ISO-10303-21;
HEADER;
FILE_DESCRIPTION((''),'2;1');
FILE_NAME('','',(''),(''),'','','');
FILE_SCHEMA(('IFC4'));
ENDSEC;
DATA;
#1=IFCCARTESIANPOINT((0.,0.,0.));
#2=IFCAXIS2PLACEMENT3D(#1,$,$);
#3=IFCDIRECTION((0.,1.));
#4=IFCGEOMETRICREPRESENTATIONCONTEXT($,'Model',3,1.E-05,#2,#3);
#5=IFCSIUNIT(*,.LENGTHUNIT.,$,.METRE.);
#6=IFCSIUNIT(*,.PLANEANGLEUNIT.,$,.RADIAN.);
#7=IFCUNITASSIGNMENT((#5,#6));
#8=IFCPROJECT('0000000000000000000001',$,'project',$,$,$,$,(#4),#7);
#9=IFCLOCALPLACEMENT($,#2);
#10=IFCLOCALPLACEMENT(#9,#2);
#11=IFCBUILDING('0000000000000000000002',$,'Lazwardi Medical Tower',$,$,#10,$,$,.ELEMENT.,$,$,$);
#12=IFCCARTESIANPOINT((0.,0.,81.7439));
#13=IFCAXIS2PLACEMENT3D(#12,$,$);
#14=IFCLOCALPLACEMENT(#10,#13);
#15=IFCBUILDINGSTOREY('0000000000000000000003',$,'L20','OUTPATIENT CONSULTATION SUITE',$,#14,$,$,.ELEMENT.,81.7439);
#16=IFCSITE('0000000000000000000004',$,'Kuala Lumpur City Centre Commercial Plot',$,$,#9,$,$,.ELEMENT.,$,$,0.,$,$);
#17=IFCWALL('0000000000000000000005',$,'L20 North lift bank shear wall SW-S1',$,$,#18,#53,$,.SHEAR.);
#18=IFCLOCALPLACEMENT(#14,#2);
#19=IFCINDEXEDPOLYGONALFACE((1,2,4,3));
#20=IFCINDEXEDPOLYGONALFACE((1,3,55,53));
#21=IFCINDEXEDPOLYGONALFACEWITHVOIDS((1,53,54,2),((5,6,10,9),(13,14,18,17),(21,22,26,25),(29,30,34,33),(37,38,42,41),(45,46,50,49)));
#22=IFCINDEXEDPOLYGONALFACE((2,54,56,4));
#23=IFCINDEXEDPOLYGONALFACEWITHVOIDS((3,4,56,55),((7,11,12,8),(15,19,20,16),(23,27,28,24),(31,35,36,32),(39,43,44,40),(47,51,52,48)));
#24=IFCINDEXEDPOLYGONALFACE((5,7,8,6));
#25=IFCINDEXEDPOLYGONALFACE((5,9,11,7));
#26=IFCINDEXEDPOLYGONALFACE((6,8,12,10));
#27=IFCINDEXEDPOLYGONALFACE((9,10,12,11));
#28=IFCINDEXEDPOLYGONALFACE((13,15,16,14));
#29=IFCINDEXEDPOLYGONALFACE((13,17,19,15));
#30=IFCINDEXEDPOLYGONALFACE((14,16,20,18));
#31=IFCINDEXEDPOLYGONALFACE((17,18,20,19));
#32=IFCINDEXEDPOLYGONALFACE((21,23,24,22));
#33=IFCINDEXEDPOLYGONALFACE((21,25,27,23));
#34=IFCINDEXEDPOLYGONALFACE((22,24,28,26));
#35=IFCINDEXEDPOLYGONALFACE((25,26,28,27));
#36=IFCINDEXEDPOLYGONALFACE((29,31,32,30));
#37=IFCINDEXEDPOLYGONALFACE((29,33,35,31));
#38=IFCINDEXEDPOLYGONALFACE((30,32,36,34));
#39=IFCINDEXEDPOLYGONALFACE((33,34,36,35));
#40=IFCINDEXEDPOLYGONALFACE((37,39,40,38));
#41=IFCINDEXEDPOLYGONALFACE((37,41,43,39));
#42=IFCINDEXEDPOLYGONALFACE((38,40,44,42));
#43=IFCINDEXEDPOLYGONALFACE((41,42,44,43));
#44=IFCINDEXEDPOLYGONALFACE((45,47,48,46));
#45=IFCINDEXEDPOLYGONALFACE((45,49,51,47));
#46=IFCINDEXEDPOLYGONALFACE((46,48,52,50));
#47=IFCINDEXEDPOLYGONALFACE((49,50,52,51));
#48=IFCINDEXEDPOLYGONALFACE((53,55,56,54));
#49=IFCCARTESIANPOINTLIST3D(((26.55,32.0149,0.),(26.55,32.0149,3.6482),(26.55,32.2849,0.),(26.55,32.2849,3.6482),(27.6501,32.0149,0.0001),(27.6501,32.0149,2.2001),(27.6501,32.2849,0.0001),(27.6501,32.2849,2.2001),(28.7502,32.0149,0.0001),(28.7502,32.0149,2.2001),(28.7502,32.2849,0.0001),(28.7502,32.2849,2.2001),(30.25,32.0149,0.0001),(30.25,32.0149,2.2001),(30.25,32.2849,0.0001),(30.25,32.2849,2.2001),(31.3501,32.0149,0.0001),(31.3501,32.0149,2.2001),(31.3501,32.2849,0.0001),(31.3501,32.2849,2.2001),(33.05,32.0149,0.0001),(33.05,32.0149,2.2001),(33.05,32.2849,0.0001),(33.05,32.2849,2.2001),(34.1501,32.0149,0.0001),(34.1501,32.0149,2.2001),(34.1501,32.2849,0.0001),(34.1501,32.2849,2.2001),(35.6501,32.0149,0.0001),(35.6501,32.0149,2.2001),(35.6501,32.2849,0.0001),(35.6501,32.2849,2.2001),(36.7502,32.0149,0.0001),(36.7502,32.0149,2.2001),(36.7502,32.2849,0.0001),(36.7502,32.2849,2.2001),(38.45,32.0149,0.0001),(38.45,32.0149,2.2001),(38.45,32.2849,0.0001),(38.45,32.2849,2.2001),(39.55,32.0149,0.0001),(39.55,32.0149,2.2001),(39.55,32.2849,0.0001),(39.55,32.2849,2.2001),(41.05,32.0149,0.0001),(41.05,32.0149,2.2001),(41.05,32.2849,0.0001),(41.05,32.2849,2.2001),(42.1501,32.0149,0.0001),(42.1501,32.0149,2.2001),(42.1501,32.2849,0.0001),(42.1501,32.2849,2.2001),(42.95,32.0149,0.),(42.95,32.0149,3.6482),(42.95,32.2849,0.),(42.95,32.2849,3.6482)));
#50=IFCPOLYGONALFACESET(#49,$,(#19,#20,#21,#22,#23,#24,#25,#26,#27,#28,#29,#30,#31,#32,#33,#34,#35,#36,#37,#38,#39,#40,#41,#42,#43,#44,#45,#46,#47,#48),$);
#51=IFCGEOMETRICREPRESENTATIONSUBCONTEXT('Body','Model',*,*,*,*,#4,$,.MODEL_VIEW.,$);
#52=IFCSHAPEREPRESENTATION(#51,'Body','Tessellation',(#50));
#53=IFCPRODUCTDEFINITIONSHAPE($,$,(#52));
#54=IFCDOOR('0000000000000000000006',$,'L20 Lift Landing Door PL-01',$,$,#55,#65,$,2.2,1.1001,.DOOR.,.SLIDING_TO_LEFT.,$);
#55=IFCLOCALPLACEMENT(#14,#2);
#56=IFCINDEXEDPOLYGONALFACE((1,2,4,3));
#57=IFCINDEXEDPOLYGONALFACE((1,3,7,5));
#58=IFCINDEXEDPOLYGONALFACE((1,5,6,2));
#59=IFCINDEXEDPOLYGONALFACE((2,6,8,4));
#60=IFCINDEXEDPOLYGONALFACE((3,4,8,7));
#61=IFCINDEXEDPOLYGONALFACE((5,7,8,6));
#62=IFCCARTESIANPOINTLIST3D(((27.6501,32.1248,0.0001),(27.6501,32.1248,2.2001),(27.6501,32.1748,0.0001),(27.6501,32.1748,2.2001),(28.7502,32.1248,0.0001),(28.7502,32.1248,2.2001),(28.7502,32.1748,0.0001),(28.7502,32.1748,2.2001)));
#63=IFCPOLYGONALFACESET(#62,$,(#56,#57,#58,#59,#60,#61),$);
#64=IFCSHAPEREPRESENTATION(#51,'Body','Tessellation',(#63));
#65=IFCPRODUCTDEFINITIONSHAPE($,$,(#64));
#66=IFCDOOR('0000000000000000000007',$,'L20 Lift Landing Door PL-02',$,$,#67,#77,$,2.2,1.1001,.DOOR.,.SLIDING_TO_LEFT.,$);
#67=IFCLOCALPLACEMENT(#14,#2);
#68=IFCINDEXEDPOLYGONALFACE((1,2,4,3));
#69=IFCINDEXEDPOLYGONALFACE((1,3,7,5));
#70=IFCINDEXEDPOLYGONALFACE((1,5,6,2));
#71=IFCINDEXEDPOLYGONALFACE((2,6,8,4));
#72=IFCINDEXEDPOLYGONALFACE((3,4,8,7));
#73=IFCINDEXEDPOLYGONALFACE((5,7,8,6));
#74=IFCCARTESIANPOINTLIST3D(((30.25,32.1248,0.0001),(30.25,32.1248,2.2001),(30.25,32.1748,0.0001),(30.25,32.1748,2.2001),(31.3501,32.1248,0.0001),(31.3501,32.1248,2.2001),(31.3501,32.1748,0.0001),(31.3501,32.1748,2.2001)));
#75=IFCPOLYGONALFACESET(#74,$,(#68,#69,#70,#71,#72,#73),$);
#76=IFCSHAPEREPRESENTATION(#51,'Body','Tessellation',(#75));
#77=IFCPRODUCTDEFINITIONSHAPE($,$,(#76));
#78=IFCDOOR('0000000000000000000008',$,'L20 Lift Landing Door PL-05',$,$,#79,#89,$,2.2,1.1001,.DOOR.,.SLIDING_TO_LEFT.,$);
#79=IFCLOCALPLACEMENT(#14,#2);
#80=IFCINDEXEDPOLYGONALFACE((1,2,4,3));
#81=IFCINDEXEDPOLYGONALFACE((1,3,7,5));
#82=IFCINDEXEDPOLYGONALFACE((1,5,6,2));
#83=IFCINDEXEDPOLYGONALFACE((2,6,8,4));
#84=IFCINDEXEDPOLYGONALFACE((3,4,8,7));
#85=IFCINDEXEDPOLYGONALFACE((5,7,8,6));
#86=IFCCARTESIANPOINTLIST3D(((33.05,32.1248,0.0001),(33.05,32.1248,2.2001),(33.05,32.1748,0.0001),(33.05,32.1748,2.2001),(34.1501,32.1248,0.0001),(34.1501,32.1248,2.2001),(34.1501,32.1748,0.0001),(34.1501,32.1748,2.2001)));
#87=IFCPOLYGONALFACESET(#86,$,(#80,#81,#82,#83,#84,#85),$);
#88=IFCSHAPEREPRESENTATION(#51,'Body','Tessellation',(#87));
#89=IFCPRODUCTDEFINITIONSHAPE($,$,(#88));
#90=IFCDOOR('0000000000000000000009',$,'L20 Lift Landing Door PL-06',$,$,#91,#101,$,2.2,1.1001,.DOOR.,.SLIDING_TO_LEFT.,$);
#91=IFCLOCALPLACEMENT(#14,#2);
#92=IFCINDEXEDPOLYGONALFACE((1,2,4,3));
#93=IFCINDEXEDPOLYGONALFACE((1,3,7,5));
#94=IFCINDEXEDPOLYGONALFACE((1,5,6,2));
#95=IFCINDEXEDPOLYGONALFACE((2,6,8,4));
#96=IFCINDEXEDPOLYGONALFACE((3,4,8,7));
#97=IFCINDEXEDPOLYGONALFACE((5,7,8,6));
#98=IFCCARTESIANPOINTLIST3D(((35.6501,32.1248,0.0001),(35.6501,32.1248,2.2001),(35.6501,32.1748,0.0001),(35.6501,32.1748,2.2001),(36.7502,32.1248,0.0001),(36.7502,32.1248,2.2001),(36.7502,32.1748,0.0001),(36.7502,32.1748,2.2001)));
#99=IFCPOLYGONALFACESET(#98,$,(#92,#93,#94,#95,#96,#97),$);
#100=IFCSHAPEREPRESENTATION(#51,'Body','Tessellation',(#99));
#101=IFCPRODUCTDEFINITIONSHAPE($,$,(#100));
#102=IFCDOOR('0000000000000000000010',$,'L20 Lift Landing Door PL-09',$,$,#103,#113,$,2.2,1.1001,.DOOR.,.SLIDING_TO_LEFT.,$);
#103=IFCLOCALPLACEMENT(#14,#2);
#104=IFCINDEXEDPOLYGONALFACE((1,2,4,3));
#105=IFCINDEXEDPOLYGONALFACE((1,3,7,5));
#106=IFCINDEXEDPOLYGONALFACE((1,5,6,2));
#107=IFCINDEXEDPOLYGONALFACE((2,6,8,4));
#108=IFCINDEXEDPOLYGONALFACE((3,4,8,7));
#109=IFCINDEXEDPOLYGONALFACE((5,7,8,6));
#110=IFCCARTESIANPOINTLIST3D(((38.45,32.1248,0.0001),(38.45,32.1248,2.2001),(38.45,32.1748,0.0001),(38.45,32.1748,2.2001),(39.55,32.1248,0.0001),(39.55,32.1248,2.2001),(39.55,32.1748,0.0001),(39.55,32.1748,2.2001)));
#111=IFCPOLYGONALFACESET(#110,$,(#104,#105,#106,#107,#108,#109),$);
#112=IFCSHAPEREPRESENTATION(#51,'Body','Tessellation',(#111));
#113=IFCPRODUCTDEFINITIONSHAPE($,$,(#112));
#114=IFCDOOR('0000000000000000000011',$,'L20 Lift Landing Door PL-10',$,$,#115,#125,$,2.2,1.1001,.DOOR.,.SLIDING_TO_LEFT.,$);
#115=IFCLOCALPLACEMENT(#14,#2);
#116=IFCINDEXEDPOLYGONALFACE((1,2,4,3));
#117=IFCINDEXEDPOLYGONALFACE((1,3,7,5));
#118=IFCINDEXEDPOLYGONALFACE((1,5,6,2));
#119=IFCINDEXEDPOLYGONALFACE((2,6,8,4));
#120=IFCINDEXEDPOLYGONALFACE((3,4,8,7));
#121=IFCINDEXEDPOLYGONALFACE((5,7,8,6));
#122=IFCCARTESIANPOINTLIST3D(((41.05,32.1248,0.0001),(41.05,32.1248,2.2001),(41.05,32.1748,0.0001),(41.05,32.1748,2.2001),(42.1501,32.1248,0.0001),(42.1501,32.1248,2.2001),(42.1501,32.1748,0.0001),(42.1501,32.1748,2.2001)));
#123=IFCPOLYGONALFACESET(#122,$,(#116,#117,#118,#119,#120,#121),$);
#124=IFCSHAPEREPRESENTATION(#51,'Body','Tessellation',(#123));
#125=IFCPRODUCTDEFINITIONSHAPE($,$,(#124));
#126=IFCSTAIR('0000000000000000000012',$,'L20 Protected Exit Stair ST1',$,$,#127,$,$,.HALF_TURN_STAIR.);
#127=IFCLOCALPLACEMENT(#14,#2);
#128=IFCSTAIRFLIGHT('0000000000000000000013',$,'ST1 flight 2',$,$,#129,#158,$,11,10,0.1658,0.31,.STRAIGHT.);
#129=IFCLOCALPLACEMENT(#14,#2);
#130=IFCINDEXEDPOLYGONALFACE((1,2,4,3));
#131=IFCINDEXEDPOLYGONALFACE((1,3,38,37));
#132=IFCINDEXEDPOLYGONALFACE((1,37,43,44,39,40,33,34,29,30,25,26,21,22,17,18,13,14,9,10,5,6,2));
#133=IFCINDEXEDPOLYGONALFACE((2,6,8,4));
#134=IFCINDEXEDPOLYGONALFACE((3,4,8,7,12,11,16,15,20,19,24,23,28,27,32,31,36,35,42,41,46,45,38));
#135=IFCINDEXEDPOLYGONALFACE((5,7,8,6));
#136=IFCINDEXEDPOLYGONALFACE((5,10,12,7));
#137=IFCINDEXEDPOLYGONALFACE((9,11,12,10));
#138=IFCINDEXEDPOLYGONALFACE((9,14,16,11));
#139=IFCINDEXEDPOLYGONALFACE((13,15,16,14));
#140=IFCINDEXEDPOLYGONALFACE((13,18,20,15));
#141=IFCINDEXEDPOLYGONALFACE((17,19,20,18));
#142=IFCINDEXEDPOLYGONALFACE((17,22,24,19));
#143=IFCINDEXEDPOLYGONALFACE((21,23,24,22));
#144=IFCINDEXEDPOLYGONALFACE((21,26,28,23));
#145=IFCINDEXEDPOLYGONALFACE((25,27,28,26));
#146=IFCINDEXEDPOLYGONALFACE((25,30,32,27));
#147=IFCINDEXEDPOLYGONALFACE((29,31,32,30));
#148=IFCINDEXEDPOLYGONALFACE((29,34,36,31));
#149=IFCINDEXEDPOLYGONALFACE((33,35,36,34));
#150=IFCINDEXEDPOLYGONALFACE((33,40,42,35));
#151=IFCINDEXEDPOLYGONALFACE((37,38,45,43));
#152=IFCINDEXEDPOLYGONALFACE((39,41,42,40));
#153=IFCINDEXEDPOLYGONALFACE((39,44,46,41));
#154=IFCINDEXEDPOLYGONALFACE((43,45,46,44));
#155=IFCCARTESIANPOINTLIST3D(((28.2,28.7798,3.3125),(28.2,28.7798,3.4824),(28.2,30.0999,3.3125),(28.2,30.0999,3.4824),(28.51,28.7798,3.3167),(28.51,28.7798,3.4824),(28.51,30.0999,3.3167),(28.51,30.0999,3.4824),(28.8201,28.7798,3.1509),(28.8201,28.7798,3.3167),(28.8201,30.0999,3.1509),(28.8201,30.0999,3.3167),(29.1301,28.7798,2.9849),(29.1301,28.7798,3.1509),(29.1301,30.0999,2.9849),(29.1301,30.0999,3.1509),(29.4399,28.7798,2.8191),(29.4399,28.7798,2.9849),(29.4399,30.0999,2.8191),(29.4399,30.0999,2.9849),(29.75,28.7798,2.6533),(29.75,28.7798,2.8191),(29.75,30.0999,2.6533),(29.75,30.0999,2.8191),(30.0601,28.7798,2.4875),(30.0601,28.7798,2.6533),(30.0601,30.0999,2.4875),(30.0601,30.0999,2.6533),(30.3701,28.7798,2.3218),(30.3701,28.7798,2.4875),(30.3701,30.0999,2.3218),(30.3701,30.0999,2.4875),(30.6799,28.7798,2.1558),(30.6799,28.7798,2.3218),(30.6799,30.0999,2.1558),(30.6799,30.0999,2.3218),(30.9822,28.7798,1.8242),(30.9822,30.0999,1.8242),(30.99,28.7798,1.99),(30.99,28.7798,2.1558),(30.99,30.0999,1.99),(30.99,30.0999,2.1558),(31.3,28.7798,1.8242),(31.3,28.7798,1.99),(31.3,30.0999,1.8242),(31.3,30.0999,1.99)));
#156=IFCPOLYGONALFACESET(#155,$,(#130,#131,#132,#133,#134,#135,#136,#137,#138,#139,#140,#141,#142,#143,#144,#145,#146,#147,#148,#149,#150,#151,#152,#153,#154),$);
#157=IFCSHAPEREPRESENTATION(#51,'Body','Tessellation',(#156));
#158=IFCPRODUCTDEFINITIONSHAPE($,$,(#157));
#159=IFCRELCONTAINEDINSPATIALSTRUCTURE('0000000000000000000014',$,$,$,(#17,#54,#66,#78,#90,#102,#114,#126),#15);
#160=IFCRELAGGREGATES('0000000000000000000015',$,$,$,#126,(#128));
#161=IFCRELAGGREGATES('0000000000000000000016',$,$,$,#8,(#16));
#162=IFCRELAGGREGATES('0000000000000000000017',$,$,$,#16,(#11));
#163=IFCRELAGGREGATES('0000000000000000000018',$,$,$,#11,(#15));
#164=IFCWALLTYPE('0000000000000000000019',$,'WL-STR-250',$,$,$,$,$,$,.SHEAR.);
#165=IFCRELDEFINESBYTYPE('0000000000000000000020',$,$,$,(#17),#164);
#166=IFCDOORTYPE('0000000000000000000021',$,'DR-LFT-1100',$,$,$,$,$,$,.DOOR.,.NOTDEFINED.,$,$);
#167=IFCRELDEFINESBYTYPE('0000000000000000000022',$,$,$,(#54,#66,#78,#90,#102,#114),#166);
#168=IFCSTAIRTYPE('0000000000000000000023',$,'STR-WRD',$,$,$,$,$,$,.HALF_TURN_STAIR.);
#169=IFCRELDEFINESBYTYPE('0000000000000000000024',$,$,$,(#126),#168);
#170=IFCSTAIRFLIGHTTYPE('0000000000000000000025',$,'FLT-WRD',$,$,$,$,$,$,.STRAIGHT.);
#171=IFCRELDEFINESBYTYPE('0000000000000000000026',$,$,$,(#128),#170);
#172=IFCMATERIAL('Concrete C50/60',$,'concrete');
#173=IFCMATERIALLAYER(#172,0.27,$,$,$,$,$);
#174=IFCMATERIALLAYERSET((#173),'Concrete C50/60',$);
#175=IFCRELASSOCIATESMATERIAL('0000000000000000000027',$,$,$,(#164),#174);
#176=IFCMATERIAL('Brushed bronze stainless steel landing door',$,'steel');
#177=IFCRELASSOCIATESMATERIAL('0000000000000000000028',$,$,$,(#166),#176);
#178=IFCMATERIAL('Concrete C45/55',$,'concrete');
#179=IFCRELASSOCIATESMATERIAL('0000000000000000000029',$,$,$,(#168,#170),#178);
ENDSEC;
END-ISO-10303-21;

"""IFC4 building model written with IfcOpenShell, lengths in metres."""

from ifc_helpers import new_model, si_unit, direction, frame, frame_2d, origin, place, context, subcontext, project, spatial, polyline, rectangle, outline, extrude, material, layer, layer_set, type_object, element, fill, aggregate, save


model = new_model("IFC4")

# Units and contexts
model_context = context("Model", 3, precision=1e-05, world=origin(), true_north=direction((0.0, 1.0)))
body_context = subcontext(model_context, "Body", "Model", "MODEL_VIEW")
ifc_project = project(units=[si_unit("LENGTHUNIT", "METRE"), si_unit("PLANEANGLEUNIT", "RADIAN")], contexts=[model_context])

# Site, building, storey
site_placement = place(None, origin())
site = spatial("IfcSite", under=ifc_project, at=site_placement, Name="Kuala Lumpur City Centre Commercial Plot", CompositionType="ELEMENT", RefElevation=0.0)
building_placement = place(site_placement, origin())
building = spatial("IfcBuilding", under=site, at=building_placement, Name="Lazwardi Medical Tower", CompositionType="ELEMENT")
storey_placement = place(building_placement, frame((0.0, 0.0, 81.7439)))
storey = spatial("IfcBuildingStorey", under=building, at=storey_placement, Name="L20", Description="OUTPATIENT CONSULTATION SUITE", CompositionType="ELEMENT", Elevation=81.7439)

# Shared definitions
ifc_material_1 = material(Name="Concrete C50/60", Category="concrete")
ifc_layer_1 = layer(ifc_material_1, 0.27)
ifc_layer_set_1 = layer_set([ifc_layer_1], Name="Concrete C50/60")
wall_type_1 = type_object("IfcWallType", Name="WL-STR-250", PredefinedType="SHEAR", material=ifc_layer_set_1)

# Wall, openings, doors
wall_1_placement = place(storey_placement, frame((26.55, 32.1499, 0.0), z_axis=(0.0, 0.0, 1.0), x_axis=(1.0, 0.0, 0.0)))
wall_1 = element("IfcWall", 1, at=wall_1_placement, inside=storey, type_object=wall_type_1, Name="L20 North lift bank shear wall SW-S1", PredefinedType="SHEAR", context=body_context, shape_type="SweptSolid", body=[
    extrude(rectangle(XDim=16.3999, YDim=0.27, at=frame_2d((8.2, 0.0))), origin(), (0.0, 0.0, 1.0), 3.6482),
])
opening_1_placement = place(wall_1_placement, frame((1.1001, 0.0, 0.0)))
opening_1 = element("IfcOpeningElement", 2, at=opening_1_placement, cuts=wall_1, PredefinedType="OPENING", context=body_context, shape_type="SweptSolid", body=[
    extrude(rectangle(XDim=1.1001, YDim=2.2, at=frame_2d((0.55, 1.1001))), frame((0.0, 0.145, 0.0), z_axis=(0.0, -1.0, 0.0), x_axis=(1.0, 0.0, 0.0)), (0.0, 0.0, 1.0), 0.29),
])
opening_2_placement = place(wall_1_placement, frame((3.7, 0.0, 0.0)))
opening_2 = element("IfcOpeningElement", 3, at=opening_2_placement, cuts=wall_1, PredefinedType="OPENING", context=body_context, shape_type="SweptSolid", body=[
    extrude(rectangle(XDim=1.1001, YDim=2.2, at=frame_2d((0.55, 1.1001))), frame((0.0, 0.145, 0.0), z_axis=(0.0, -1.0, 0.0), x_axis=(1.0, 0.0, 0.0)), (0.0, 0.0, 1.0), 0.29),
])
opening_3_placement = place(wall_1_placement, frame((6.5, 0.0, 0.0)))
opening_3 = element("IfcOpeningElement", 4, at=opening_3_placement, cuts=wall_1, PredefinedType="OPENING", context=body_context, shape_type="SweptSolid", body=[
    extrude(rectangle(XDim=1.1001, YDim=2.2, at=frame_2d((0.55, 1.1001))), frame((0.0, 0.145, 0.0), z_axis=(0.0, -1.0, 0.0), x_axis=(1.0, 0.0, 0.0)), (0.0, 0.0, 1.0), 0.29),
])
opening_4_placement = place(wall_1_placement, frame((9.1001, 0.0, 0.0)))
opening_4 = element("IfcOpeningElement", 5, at=opening_4_placement, cuts=wall_1, PredefinedType="OPENING", context=body_context, shape_type="SweptSolid", body=[
    extrude(rectangle(XDim=1.1001, YDim=2.2, at=frame_2d((0.55, 1.1001))), frame((0.0, 0.145, 0.0), z_axis=(0.0, -1.0, 0.0), x_axis=(1.0, 0.0, 0.0)), (0.0, 0.0, 1.0), 0.29),
])
opening_5_placement = place(wall_1_placement, frame((11.8999, 0.0, 0.0)))
opening_5 = element("IfcOpeningElement", 6, at=opening_5_placement, cuts=wall_1, PredefinedType="OPENING", context=body_context, shape_type="SweptSolid", body=[
    extrude(rectangle(XDim=1.1001, YDim=2.2, at=frame_2d((0.55, 1.1001))), frame((0.0, 0.145, 0.0), z_axis=(0.0, -1.0, 0.0), x_axis=(1.0, 0.0, 0.0)), (0.0, 0.0, 1.0), 0.29),
])
opening_6_placement = place(wall_1_placement, frame((14.5, 0.0, 0.0)))
opening_6 = element("IfcOpeningElement", 7, at=opening_6_placement, cuts=wall_1, PredefinedType="OPENING", context=body_context, shape_type="SweptSolid", body=[
    extrude(rectangle(XDim=1.1001, YDim=2.2, at=frame_2d((0.55, 1.1001))), frame((0.0, 0.145, 0.0), z_axis=(0.0, -1.0, 0.0), x_axis=(1.0, 0.0, 0.0)), (0.0, 0.0, 1.0), 0.29),
])
ifc_material_2 = material(Name="Brushed bronze stainless steel landing door", Category="steel")
door_type_1 = type_object("IfcDoorType", Name="DR-LFT-1100", OperationType="NOTDEFINED", PredefinedType="DOOR", material=ifc_material_2)
door_1_placement = place(opening_1_placement, origin())
door_1 = element("IfcDoor", 8, at=door_1_placement, inside=storey, type_object=door_type_1, Name="L20 Lift Landing Door PL-01", OperationType="SLIDING_TO_LEFT", OverallHeight=2.2, OverallWidth=1.1001, PredefinedType="DOOR", context=body_context, shape_type="SweptSolid", body=[
    extrude(rectangle(XDim=1.1001, YDim=2.2, at=frame_2d((0.55, 1.1001))), frame((0.0, 0.0249, 0.0), z_axis=(0.0, -1.0, 0.0), x_axis=(1.0, 0.0, 0.0)), (0.0, 0.0, 1.0), 0.05),
])
fill(opening_1, door_1)
door_2_placement = place(opening_2_placement, origin())
door_2 = element("IfcDoor", 9, at=door_2_placement, inside=storey, type_object=door_type_1, Name="L20 Lift Landing Door PL-02", OperationType="SLIDING_TO_LEFT", OverallHeight=2.2, OverallWidth=1.1001, PredefinedType="DOOR", context=body_context, shape_type="SweptSolid", body=[
    extrude(rectangle(XDim=1.1001, YDim=2.2, at=frame_2d((0.55, 1.1001))), frame((0.0, 0.0249, 0.0), z_axis=(0.0, -1.0, 0.0), x_axis=(1.0, 0.0, 0.0)), (0.0, 0.0, 1.0), 0.05),
])
fill(opening_2, door_2)
door_3_placement = place(opening_3_placement, origin())
door_3 = element("IfcDoor", 10, at=door_3_placement, inside=storey, type_object=door_type_1, Name="L20 Lift Landing Door PL-05", OperationType="SLIDING_TO_LEFT", OverallHeight=2.2, OverallWidth=1.1001, PredefinedType="DOOR", context=body_context, shape_type="SweptSolid", body=[
    extrude(rectangle(XDim=1.1001, YDim=2.2, at=frame_2d((0.55, 1.1001))), frame((0.0, 0.0249, 0.0), z_axis=(0.0, -1.0, 0.0), x_axis=(1.0, 0.0, 0.0)), (0.0, 0.0, 1.0), 0.05),
])
fill(opening_3, door_3)
door_4_placement = place(opening_4_placement, origin())
door_4 = element("IfcDoor", 11, at=door_4_placement, inside=storey, type_object=door_type_1, Name="L20 Lift Landing Door PL-06", OperationType="SLIDING_TO_LEFT", OverallHeight=2.2, OverallWidth=1.1001, PredefinedType="DOOR", context=body_context, shape_type="SweptSolid", body=[
    extrude(rectangle(XDim=1.1001, YDim=2.2, at=frame_2d((0.55, 1.1001))), frame((0.0, 0.0249, 0.0), z_axis=(0.0, -1.0, 0.0), x_axis=(1.0, 0.0, 0.0)), (0.0, 0.0, 1.0), 0.05),
])
fill(opening_4, door_4)
door_5_placement = place(opening_5_placement, origin())
door_5 = element("IfcDoor", 12, at=door_5_placement, inside=storey, type_object=door_type_1, Name="L20 Lift Landing Door PL-09", OperationType="SLIDING_TO_LEFT", OverallHeight=2.2, OverallWidth=1.1001, PredefinedType="DOOR", context=body_context, shape_type="SweptSolid", body=[
    extrude(rectangle(XDim=1.1001, YDim=2.2, at=frame_2d((0.55, 1.1001))), frame((0.0, 0.0249, 0.0), z_axis=(0.0, -1.0, 0.0), x_axis=(1.0, 0.0, 0.0)), (0.0, 0.0, 1.0), 0.05),
])
fill(opening_5, door_5)
door_6_placement = place(opening_6_placement, origin())
door_6 = element("IfcDoor", 13, at=door_6_placement, inside=storey, type_object=door_type_1, Name="L20 Lift Landing Door PL-10", OperationType="SLIDING_TO_LEFT", OverallHeight=2.2, OverallWidth=1.1001, PredefinedType="DOOR", context=body_context, shape_type="SweptSolid", body=[
    extrude(rectangle(XDim=1.1001, YDim=2.2, at=frame_2d((0.55, 1.1001))), frame((0.0, 0.0249, 0.0), z_axis=(0.0, -1.0, 0.0), x_axis=(1.0, 0.0, 0.0)), (0.0, 0.0, 1.0), 0.05),
])
fill(opening_6, door_6)

# Stair, stair flight
ifc_material_3 = material(Name="Concrete C45/55", Category="concrete")
stair_type = type_object("IfcStairType", Name="STR-WRD", PredefinedType="HALF_TURN_STAIR", material=ifc_material_3)
stair_placement = place(storey_placement, origin())
stair = element("IfcStair", 14, at=stair_placement, inside=storey, type_object=stair_type, Name="L20 Protected Exit Stair ST1", PredefinedType="HALF_TURN_STAIR")
stair_flight_type = type_object("IfcStairFlightType", Name="FLT-WRD", PredefinedType="STRAIGHT", material=ifc_material_3)
stair_flight_placement = place(storey_placement, frame((31.3, 29.4399, 1.8242), z_axis=(0.0, 0.0, 1.0), x_axis=(-1.0, 0.0, 0.0)))
stair_flight = element("IfcStairFlight", 15, at=stair_flight_placement, type_object=stair_flight_type, Name="ST1 flight 2", NumberOfRisers=11, NumberOfTreads=10, PredefinedType="STRAIGHT", RiserHeight=0.1658, TreadLength=0.31, context=body_context, shape_type="SweptSolid", body=[
    extrude(outline(polyline([(0.0, 0.0), (0.0, 0.1658), (0.3101, 0.1658), (0.3101, 0.3315), (0.6201, 0.3315), (0.6201, 0.4976), (0.9299, 0.4976), (0.9299, 0.6633), (1.24, 0.6633), (1.24, 0.8291), (1.55, 0.8291), (1.55, 0.9949), (1.8601, 0.9949), (1.8601, 1.1606), (2.1699, 1.1606), (2.1699, 1.3267), (2.48, 1.3267), (2.48, 1.4924), (2.79, 1.4924), (2.79, 1.6582), (3.1001, 1.6582), (3.1001, 1.824), (3.1001, 1.4883), (0.3179, 0.0), (0.0, 0.0)])), frame((0.0, 0.6602, 0.0), z_axis=(0.0, -1.0, 0.0), x_axis=(1.0, 0.0, 0.0)), (0.0, 0.0, 1.0), 1.3201),
])
aggregate(stair, [stair_flight])

save(model, "model.ifc")
